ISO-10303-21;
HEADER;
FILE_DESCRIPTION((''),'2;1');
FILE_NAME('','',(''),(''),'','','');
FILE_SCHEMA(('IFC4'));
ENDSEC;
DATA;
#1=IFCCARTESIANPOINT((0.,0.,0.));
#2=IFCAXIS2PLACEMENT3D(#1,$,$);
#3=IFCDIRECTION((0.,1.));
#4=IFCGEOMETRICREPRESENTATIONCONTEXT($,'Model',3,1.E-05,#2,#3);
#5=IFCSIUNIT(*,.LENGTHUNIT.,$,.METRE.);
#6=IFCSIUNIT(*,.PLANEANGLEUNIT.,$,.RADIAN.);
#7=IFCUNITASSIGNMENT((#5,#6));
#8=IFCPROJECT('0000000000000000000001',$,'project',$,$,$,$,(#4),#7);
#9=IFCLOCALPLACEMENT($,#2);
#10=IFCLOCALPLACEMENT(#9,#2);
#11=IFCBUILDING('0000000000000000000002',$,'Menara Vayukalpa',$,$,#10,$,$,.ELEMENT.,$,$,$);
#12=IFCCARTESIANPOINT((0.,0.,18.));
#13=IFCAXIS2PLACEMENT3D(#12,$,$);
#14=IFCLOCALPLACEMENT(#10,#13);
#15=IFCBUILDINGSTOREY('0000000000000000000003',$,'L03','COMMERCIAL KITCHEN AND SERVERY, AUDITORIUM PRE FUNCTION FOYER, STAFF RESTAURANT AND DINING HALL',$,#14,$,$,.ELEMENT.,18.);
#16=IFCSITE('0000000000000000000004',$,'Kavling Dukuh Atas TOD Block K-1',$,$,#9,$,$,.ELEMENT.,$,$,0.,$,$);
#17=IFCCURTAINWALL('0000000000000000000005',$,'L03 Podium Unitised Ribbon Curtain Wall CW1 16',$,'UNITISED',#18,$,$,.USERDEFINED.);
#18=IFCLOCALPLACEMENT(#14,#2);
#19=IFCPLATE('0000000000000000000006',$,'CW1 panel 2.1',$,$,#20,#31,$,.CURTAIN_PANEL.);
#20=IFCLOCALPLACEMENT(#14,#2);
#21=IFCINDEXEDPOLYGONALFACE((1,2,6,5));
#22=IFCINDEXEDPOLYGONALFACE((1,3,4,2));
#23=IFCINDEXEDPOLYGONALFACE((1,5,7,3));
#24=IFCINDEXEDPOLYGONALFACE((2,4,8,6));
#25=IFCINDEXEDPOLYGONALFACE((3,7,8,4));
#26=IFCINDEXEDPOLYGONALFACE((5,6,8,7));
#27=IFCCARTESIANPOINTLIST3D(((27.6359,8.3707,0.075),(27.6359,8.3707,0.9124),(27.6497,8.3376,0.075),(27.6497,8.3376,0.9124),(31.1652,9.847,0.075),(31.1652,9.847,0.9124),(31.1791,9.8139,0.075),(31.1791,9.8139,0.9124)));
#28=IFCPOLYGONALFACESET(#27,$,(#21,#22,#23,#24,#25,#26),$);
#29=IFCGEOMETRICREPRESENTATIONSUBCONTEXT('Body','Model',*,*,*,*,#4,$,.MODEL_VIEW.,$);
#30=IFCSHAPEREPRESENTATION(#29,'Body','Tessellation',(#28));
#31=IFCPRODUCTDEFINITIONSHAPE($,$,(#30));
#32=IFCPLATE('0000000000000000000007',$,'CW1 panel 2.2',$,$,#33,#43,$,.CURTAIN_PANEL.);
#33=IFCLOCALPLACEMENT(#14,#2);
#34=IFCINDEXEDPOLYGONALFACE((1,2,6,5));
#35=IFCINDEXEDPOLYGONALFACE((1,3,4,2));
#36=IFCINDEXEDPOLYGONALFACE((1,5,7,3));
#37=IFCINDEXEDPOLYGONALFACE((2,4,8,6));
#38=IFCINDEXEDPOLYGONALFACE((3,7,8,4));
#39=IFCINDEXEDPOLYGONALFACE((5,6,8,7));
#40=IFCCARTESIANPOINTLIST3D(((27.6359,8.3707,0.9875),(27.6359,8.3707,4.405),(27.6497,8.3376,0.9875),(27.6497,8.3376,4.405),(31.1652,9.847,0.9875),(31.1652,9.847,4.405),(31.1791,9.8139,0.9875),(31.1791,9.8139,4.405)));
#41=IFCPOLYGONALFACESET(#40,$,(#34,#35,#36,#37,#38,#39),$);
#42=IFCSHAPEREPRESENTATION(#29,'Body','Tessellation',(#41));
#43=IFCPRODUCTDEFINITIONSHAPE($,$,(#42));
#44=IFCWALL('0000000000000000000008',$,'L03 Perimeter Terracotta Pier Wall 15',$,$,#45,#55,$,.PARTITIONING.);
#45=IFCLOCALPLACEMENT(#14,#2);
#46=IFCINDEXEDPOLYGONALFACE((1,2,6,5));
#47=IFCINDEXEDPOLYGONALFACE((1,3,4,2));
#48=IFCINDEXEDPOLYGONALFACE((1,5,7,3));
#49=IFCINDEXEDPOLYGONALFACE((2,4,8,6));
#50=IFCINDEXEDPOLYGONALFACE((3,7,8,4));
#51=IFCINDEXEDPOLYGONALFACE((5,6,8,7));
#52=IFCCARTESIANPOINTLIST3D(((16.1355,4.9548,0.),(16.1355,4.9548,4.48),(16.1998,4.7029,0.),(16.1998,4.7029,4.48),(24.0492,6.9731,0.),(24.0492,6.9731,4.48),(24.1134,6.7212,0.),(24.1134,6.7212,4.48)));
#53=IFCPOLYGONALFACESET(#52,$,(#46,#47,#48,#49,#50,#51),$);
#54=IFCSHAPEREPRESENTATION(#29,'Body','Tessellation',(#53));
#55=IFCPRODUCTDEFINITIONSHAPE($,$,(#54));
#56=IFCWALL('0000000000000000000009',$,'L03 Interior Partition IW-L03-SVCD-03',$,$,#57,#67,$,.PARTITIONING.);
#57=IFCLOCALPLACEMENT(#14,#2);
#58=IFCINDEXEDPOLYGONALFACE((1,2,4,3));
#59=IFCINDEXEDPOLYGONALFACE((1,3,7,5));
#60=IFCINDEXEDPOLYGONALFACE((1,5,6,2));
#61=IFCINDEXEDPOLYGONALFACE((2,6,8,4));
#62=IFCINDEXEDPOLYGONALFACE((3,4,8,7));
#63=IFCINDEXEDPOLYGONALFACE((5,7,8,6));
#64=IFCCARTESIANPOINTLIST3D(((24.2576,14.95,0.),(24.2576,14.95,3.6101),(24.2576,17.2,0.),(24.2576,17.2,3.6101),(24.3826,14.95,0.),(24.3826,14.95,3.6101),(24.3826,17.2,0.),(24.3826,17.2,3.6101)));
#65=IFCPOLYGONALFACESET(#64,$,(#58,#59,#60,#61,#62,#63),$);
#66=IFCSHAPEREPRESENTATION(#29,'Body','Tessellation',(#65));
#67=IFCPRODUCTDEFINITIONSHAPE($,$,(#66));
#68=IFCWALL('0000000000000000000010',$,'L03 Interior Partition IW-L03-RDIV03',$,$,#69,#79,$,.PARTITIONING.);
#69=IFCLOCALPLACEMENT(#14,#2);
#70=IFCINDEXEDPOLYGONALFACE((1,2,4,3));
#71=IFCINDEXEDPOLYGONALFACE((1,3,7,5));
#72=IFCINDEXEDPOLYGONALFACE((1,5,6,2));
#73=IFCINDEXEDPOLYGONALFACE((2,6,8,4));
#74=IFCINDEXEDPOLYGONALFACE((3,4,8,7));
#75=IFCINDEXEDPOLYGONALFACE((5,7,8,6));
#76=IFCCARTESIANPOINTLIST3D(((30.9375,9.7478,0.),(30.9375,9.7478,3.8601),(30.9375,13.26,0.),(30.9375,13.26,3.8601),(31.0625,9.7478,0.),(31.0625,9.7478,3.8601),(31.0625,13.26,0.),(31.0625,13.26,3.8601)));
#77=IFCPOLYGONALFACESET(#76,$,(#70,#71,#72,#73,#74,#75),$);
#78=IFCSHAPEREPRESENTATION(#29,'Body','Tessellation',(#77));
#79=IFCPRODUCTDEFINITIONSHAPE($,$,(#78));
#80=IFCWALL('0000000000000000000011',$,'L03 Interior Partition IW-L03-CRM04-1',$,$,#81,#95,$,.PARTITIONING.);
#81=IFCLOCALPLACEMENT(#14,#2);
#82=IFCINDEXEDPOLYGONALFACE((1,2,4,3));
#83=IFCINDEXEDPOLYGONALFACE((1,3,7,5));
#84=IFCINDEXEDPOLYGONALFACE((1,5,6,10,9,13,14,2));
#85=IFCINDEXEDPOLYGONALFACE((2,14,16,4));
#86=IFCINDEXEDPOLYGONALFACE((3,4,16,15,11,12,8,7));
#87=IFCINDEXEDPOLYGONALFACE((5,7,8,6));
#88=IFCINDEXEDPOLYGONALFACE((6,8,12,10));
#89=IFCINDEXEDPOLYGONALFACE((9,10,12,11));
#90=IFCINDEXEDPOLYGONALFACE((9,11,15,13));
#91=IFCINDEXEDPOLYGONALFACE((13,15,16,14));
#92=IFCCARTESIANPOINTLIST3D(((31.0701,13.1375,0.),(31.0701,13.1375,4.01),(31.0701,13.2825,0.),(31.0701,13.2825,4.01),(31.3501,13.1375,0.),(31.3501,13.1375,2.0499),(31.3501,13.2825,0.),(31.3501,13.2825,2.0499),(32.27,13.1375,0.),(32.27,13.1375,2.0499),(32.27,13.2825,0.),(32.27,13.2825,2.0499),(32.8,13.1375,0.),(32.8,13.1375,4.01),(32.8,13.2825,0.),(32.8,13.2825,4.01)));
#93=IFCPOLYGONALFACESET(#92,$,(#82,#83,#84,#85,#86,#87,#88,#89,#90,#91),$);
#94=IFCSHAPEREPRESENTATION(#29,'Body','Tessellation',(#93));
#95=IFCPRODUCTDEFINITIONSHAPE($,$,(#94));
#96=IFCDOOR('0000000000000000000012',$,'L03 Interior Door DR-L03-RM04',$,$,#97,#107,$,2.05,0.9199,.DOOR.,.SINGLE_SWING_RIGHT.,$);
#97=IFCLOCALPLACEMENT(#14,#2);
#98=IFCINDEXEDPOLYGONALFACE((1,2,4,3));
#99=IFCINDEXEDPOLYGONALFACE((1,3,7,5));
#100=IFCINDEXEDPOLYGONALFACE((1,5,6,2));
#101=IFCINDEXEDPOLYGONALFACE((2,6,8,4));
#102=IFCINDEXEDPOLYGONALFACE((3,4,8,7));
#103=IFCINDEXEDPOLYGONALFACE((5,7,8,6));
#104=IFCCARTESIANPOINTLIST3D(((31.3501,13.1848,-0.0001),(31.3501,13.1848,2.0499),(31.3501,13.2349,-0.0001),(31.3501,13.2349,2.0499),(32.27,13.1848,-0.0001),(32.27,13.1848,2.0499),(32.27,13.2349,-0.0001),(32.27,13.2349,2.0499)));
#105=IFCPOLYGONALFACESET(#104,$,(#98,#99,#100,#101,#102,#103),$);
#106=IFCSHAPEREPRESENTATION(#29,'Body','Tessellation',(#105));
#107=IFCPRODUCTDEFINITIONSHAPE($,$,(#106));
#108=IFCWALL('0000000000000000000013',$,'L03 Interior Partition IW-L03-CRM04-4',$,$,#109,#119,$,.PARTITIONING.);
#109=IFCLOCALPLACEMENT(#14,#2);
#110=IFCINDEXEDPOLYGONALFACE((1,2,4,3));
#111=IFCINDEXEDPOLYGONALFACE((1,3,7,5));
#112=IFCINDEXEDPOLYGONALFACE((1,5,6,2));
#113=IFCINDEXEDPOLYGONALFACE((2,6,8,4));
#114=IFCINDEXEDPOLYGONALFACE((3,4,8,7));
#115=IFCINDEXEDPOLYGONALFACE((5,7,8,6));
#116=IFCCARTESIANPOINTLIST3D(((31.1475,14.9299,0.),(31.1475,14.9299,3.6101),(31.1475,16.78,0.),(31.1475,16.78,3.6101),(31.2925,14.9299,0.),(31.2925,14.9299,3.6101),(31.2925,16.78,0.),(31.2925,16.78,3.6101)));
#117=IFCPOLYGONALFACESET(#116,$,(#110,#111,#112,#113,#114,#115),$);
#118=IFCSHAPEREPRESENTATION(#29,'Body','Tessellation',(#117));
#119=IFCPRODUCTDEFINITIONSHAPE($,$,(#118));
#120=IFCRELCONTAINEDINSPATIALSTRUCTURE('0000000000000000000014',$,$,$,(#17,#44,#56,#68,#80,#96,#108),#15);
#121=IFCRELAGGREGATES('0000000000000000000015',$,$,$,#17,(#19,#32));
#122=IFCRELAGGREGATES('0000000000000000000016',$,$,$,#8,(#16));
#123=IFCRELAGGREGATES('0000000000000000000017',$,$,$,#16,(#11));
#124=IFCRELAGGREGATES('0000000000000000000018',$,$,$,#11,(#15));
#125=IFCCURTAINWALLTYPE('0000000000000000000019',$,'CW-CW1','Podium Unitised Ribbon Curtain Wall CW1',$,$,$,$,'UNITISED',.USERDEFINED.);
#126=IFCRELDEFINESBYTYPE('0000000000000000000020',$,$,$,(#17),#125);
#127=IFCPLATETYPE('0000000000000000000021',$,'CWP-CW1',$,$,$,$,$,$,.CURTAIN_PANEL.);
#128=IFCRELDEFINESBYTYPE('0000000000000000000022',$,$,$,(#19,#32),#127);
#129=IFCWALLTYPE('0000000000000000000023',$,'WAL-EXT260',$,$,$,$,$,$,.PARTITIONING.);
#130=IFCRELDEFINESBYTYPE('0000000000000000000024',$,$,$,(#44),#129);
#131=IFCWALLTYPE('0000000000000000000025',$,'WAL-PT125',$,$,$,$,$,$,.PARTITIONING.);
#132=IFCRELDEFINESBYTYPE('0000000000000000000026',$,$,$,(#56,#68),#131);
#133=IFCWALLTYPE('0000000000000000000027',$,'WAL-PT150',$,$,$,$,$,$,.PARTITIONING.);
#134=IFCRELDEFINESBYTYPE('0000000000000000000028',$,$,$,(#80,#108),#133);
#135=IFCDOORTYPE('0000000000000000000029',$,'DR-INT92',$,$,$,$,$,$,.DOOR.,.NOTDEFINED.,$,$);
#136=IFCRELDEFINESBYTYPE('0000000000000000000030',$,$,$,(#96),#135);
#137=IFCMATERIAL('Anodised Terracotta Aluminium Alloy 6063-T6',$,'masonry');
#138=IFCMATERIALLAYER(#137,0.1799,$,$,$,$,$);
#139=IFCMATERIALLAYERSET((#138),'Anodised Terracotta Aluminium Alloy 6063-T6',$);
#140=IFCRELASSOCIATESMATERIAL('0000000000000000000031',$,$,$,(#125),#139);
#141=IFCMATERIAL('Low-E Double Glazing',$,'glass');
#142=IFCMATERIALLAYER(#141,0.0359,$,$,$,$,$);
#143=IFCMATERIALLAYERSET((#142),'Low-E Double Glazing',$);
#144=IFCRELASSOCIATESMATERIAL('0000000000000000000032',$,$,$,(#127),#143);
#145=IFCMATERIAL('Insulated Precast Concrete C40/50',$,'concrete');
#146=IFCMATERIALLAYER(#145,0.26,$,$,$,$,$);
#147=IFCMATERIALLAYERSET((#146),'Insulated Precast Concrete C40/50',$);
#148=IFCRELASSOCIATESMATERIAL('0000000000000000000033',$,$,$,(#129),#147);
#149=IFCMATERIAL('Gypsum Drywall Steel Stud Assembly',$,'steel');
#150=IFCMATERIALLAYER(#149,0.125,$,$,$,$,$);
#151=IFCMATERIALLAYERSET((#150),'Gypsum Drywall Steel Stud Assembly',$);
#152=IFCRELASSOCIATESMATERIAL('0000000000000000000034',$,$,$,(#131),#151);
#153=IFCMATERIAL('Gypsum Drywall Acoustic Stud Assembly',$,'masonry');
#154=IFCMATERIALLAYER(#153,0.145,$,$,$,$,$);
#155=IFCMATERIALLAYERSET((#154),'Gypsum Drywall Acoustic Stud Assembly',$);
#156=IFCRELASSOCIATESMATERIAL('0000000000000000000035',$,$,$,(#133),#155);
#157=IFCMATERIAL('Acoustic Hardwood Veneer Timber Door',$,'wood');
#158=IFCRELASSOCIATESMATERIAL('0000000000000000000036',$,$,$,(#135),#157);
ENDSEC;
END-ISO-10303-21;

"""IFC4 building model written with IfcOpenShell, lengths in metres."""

from ifc_helpers import new_model, si_unit, direction, frame, frame_2d, origin, origin_2d, place, context, subcontext, project, spatial, rectangle, extrude, material, layer, layer_set, type_object, element, fill, aggregate, save


model = new_model("IFC4")

# Units and contexts
model_context = context("Model", 3, precision=1e-05, world=origin(), true_north=direction((0.0, 1.0)))
body_context = subcontext(model_context, "Body", "Model", "MODEL_VIEW")
ifc_project = project(units=[si_unit("LENGTHUNIT", "METRE"), si_unit("PLANEANGLEUNIT", "RADIAN")], contexts=[model_context])

# Site, building, storey
site_placement = place(None, origin())
site = spatial("IfcSite", under=ifc_project, at=site_placement, Name="Kavling Dukuh Atas TOD Block K-1", CompositionType="ELEMENT", RefElevation=0.0)
building_placement = place(site_placement, origin())
building = spatial("IfcBuilding", under=site, at=building_placement, Name="Menara Vayukalpa", CompositionType="ELEMENT")
storey_placement = place(building_placement, frame((0.0, 0.0, 18.0)))
storey = spatial("IfcBuildingStorey", under=building, at=storey_placement, Name="L03", Description="COMMERCIAL KITCHEN AND SERVERY, AUDITORIUM PRE FUNCTION FOYER, STAFF RESTAURANT AND DINING HALL", CompositionType="ELEMENT", Elevation=18.0)

# Curtain wall
ifc_material_1 = material(Name="Anodised Terracotta Aluminium Alloy 6063-T6", Category="masonry")
ifc_layer_1 = layer(ifc_material_1, 0.1799)
ifc_layer_set_1 = layer_set([ifc_layer_1], Name="Anodised Terracotta Aluminium Alloy 6063-T6")
curtain_wall_type = type_object("IfcCurtainWallType", Name="CW-CW1", Description="Podium Unitised Ribbon Curtain Wall CW1", ElementType="UNITISED", PredefinedType="USERDEFINED", material=ifc_layer_set_1)
curtain_wall_1_placement = place(storey_placement, origin())
curtain_wall_1 = element("IfcCurtainWall", 1, at=curtain_wall_1_placement, inside=storey, type_object=curtain_wall_type, Name="L03 Podium Unitised Ribbon Curtain Wall CW1 16", ObjectType="UNITISED", PredefinedType="USERDEFINED")

# Plates
ifc_material_2 = material(Name="Low-E Double Glazing", Category="glass")
ifc_layer_2 = layer(ifc_material_2, 0.0359)
ifc_layer_set_2 = layer_set([ifc_layer_2], Name="Low-E Double Glazing")
plate_type = type_object("IfcPlateType", Name="CWP-CW1", PredefinedType="CURTAIN_PANEL", material=ifc_layer_set_2)
plate_1_placement = place(storey_placement, frame((29.4075, 9.0923, 0.075), z_axis=(0.0, 0.0, 1.0), x_axis=(0.922545, 0.385891, 0.0)))
plate_1 = element("IfcPlate", 2, at=plate_1_placement, type_object=plate_type, Name="CW1 panel 2.1", PredefinedType="CURTAIN_PANEL", context=body_context, shape_type="SweptSolid", body=[
    extrude(rectangle(XDim=3.8257, YDim=0.0359, at=origin_2d()), origin(), (0.0, 0.0, 1.0), 0.8374),
])
plate_2_placement = place(storey_placement, frame((29.4075, 9.0923, 0.9875), z_axis=(0.0, 0.0, 1.0), x_axis=(0.922545, 0.385891, 0.0)))
plate_2 = element("IfcPlate", 3, at=plate_2_placement, type_object=plate_type, Name="CW1 panel 2.2", PredefinedType="CURTAIN_PANEL", context=body_context, shape_type="SweptSolid", body=[
    extrude(rectangle(XDim=3.8257, YDim=0.0359, at=origin_2d()), origin(), (0.0, 0.0, 1.0), 3.4175),
])
aggregate(curtain_wall_1, [plate_1, plate_2])

# Walls
ifc_material_3 = material(Name="Insulated Precast Concrete C40/50", Category="concrete")
ifc_layer_3 = layer(ifc_material_3, 0.26)
ifc_layer_set_3 = layer_set([ifc_layer_3], Name="Insulated Precast Concrete C40/50")
wall_type_1 = type_object("IfcWallType", Name="WAL-EXT260", PredefinedType="PARTITIONING", material=ifc_layer_set_3)
wall_1_placement = place(storey_placement, frame((24.0813, 6.8472, 0.0), z_axis=(0.0, 0.0, 1.0), x_axis=(-0.968982, -0.247133, 0.0)))
element("IfcWall", 4, at=wall_1_placement, inside=storey, type_object=wall_type_1, Name="L03 Perimeter Terracotta Pier Wall 15", PredefinedType="PARTITIONING", context=body_context, shape_type="SweptSolid", body=[
    extrude(rectangle(XDim=8.167, YDim=0.26, at=frame_2d((4.0835, 0.0))), origin(), (0.0, 0.0, 1.0), 4.48),
])
ifc_material_4 = material(Name="Gypsum Drywall Steel Stud Assembly", Category="steel")
ifc_layer_4 = layer(ifc_material_4, 0.125)
ifc_layer_set_4 = layer_set([ifc_layer_4], Name="Gypsum Drywall Steel Stud Assembly")
wall_type_2 = type_object("IfcWallType", Name="WAL-PT125", PredefinedType="PARTITIONING", material=ifc_layer_set_4)
wall_2_placement = place(storey_placement, frame((24.3201, 14.95, 0.0), z_axis=(0.0, 0.0, 1.0), x_axis=(0.0, 1.0, 0.0)))
element("IfcWall", 5, at=wall_2_placement, inside=storey, type_object=wall_type_2, Name="L03 Interior Partition IW-L03-SVCD-03", PredefinedType="PARTITIONING", context=body_context, shape_type="SweptSolid", body=[
    extrude(rectangle(XDim=2.25, YDim=0.125, at=frame_2d((1.125, 0.0))), origin(), (0.0, 0.0, 1.0), 3.6101),
])
wall_3_placement = place(storey_placement, frame((31.0, 9.7478, 0.0), z_axis=(0.0, 0.0, 1.0), x_axis=(0.0, 1.0, 0.0)))
element("IfcWall", 6, at=wall_3_placement, inside=storey, type_object=wall_type_2, Name="L03 Interior Partition IW-L03-RDIV03", PredefinedType="PARTITIONING", context=body_context, shape_type="SweptSolid", body=[
    extrude(rectangle(XDim=3.5122, YDim=0.125, at=frame_2d((1.7561, 0.0))), origin(), (0.0, 0.0, 1.0), 3.8601),
])

# Wall, opening, door
ifc_material_5 = material(Name="Gypsum Drywall Acoustic Stud Assembly", Category="masonry")
ifc_layer_5 = layer(ifc_material_5, 0.145)
ifc_layer_set_5 = layer_set([ifc_layer_5], Name="Gypsum Drywall Acoustic Stud Assembly")
wall_type_3 = type_object("IfcWallType", Name="WAL-PT150", PredefinedType="PARTITIONING", material=ifc_layer_set_5)
wall_4_placement = place(storey_placement, frame((31.0701, 13.21, 0.0), z_axis=(0.0, 0.0, 1.0), x_axis=(1.0, 0.0, 0.0)))
wall_4 = element("IfcWall", 7, at=wall_4_placement, inside=storey, type_object=wall_type_3, Name="L03 Interior Partition IW-L03-CRM04-1", PredefinedType="PARTITIONING", context=body_context, shape_type="SweptSolid", body=[
    extrude(rectangle(XDim=1.73, YDim=0.145, at=frame_2d((0.865, 0.0))), origin(), (0.0, 0.0, 1.0), 4.01),
])
opening_placement = place(wall_4_placement, frame((0.28, 0.0, 0.0)))
opening = element("IfcOpeningElement", 8, at=opening_placement, cuts=wall_4, PredefinedType="OPENING", context=body_context, shape_type="SweptSolid", body=[
    extrude(rectangle(XDim=0.9199, YDim=2.05, at=frame_2d((0.46, 1.0249))), frame((0.0, 0.0825, 0.0), z_axis=(0.0, -1.0, 0.0), x_axis=(1.0, 0.0, 0.0)), (0.0, 0.0, 1.0), 0.165),
])
ifc_material_6 = material(Name="Acoustic Hardwood Veneer Timber Door", Category="wood")
door_type = type_object("IfcDoorType", Name="DR-INT92", OperationType="NOTDEFINED", PredefinedType="DOOR", material=ifc_material_6)
door_placement = place(opening_placement, origin())
door = element("IfcDoor", 9, at=door_placement, inside=storey, type_object=door_type, Name="L03 Interior Door DR-L03-RM04", OperationType="SINGLE_SWING_RIGHT", OverallHeight=2.05, OverallWidth=0.9199, PredefinedType="DOOR", context=body_context, shape_type="SweptSolid", body=[
    extrude(rectangle(XDim=0.9199, YDim=2.05, at=frame_2d((0.46, 1.0249))), frame((0.0, 0.0249, 0.0), z_axis=(0.0, -1.0, 0.0), x_axis=(1.0, 0.0, 0.0)), (0.0, 0.0, 1.0), 0.05),
])
fill(opening, door)

# Wall
wall_5_placement = place(storey_placement, frame((31.22, 14.9299, 0.0), z_axis=(0.0, 0.0, 1.0), x_axis=(0.0, 1.0, 0.0)))
element("IfcWall", 10, at=wall_5_placement, inside=storey, type_object=wall_type_3, Name="L03 Interior Partition IW-L03-CRM04-4", PredefinedType="PARTITIONING", context=body_context, shape_type="SweptSolid", body=[
    extrude(rectangle(XDim=1.8501, YDim=0.145, at=frame_2d((0.925, 0.0))), origin(), (0.0, 0.0, 1.0), 3.6101),
])

save(model, "model.ifc")
